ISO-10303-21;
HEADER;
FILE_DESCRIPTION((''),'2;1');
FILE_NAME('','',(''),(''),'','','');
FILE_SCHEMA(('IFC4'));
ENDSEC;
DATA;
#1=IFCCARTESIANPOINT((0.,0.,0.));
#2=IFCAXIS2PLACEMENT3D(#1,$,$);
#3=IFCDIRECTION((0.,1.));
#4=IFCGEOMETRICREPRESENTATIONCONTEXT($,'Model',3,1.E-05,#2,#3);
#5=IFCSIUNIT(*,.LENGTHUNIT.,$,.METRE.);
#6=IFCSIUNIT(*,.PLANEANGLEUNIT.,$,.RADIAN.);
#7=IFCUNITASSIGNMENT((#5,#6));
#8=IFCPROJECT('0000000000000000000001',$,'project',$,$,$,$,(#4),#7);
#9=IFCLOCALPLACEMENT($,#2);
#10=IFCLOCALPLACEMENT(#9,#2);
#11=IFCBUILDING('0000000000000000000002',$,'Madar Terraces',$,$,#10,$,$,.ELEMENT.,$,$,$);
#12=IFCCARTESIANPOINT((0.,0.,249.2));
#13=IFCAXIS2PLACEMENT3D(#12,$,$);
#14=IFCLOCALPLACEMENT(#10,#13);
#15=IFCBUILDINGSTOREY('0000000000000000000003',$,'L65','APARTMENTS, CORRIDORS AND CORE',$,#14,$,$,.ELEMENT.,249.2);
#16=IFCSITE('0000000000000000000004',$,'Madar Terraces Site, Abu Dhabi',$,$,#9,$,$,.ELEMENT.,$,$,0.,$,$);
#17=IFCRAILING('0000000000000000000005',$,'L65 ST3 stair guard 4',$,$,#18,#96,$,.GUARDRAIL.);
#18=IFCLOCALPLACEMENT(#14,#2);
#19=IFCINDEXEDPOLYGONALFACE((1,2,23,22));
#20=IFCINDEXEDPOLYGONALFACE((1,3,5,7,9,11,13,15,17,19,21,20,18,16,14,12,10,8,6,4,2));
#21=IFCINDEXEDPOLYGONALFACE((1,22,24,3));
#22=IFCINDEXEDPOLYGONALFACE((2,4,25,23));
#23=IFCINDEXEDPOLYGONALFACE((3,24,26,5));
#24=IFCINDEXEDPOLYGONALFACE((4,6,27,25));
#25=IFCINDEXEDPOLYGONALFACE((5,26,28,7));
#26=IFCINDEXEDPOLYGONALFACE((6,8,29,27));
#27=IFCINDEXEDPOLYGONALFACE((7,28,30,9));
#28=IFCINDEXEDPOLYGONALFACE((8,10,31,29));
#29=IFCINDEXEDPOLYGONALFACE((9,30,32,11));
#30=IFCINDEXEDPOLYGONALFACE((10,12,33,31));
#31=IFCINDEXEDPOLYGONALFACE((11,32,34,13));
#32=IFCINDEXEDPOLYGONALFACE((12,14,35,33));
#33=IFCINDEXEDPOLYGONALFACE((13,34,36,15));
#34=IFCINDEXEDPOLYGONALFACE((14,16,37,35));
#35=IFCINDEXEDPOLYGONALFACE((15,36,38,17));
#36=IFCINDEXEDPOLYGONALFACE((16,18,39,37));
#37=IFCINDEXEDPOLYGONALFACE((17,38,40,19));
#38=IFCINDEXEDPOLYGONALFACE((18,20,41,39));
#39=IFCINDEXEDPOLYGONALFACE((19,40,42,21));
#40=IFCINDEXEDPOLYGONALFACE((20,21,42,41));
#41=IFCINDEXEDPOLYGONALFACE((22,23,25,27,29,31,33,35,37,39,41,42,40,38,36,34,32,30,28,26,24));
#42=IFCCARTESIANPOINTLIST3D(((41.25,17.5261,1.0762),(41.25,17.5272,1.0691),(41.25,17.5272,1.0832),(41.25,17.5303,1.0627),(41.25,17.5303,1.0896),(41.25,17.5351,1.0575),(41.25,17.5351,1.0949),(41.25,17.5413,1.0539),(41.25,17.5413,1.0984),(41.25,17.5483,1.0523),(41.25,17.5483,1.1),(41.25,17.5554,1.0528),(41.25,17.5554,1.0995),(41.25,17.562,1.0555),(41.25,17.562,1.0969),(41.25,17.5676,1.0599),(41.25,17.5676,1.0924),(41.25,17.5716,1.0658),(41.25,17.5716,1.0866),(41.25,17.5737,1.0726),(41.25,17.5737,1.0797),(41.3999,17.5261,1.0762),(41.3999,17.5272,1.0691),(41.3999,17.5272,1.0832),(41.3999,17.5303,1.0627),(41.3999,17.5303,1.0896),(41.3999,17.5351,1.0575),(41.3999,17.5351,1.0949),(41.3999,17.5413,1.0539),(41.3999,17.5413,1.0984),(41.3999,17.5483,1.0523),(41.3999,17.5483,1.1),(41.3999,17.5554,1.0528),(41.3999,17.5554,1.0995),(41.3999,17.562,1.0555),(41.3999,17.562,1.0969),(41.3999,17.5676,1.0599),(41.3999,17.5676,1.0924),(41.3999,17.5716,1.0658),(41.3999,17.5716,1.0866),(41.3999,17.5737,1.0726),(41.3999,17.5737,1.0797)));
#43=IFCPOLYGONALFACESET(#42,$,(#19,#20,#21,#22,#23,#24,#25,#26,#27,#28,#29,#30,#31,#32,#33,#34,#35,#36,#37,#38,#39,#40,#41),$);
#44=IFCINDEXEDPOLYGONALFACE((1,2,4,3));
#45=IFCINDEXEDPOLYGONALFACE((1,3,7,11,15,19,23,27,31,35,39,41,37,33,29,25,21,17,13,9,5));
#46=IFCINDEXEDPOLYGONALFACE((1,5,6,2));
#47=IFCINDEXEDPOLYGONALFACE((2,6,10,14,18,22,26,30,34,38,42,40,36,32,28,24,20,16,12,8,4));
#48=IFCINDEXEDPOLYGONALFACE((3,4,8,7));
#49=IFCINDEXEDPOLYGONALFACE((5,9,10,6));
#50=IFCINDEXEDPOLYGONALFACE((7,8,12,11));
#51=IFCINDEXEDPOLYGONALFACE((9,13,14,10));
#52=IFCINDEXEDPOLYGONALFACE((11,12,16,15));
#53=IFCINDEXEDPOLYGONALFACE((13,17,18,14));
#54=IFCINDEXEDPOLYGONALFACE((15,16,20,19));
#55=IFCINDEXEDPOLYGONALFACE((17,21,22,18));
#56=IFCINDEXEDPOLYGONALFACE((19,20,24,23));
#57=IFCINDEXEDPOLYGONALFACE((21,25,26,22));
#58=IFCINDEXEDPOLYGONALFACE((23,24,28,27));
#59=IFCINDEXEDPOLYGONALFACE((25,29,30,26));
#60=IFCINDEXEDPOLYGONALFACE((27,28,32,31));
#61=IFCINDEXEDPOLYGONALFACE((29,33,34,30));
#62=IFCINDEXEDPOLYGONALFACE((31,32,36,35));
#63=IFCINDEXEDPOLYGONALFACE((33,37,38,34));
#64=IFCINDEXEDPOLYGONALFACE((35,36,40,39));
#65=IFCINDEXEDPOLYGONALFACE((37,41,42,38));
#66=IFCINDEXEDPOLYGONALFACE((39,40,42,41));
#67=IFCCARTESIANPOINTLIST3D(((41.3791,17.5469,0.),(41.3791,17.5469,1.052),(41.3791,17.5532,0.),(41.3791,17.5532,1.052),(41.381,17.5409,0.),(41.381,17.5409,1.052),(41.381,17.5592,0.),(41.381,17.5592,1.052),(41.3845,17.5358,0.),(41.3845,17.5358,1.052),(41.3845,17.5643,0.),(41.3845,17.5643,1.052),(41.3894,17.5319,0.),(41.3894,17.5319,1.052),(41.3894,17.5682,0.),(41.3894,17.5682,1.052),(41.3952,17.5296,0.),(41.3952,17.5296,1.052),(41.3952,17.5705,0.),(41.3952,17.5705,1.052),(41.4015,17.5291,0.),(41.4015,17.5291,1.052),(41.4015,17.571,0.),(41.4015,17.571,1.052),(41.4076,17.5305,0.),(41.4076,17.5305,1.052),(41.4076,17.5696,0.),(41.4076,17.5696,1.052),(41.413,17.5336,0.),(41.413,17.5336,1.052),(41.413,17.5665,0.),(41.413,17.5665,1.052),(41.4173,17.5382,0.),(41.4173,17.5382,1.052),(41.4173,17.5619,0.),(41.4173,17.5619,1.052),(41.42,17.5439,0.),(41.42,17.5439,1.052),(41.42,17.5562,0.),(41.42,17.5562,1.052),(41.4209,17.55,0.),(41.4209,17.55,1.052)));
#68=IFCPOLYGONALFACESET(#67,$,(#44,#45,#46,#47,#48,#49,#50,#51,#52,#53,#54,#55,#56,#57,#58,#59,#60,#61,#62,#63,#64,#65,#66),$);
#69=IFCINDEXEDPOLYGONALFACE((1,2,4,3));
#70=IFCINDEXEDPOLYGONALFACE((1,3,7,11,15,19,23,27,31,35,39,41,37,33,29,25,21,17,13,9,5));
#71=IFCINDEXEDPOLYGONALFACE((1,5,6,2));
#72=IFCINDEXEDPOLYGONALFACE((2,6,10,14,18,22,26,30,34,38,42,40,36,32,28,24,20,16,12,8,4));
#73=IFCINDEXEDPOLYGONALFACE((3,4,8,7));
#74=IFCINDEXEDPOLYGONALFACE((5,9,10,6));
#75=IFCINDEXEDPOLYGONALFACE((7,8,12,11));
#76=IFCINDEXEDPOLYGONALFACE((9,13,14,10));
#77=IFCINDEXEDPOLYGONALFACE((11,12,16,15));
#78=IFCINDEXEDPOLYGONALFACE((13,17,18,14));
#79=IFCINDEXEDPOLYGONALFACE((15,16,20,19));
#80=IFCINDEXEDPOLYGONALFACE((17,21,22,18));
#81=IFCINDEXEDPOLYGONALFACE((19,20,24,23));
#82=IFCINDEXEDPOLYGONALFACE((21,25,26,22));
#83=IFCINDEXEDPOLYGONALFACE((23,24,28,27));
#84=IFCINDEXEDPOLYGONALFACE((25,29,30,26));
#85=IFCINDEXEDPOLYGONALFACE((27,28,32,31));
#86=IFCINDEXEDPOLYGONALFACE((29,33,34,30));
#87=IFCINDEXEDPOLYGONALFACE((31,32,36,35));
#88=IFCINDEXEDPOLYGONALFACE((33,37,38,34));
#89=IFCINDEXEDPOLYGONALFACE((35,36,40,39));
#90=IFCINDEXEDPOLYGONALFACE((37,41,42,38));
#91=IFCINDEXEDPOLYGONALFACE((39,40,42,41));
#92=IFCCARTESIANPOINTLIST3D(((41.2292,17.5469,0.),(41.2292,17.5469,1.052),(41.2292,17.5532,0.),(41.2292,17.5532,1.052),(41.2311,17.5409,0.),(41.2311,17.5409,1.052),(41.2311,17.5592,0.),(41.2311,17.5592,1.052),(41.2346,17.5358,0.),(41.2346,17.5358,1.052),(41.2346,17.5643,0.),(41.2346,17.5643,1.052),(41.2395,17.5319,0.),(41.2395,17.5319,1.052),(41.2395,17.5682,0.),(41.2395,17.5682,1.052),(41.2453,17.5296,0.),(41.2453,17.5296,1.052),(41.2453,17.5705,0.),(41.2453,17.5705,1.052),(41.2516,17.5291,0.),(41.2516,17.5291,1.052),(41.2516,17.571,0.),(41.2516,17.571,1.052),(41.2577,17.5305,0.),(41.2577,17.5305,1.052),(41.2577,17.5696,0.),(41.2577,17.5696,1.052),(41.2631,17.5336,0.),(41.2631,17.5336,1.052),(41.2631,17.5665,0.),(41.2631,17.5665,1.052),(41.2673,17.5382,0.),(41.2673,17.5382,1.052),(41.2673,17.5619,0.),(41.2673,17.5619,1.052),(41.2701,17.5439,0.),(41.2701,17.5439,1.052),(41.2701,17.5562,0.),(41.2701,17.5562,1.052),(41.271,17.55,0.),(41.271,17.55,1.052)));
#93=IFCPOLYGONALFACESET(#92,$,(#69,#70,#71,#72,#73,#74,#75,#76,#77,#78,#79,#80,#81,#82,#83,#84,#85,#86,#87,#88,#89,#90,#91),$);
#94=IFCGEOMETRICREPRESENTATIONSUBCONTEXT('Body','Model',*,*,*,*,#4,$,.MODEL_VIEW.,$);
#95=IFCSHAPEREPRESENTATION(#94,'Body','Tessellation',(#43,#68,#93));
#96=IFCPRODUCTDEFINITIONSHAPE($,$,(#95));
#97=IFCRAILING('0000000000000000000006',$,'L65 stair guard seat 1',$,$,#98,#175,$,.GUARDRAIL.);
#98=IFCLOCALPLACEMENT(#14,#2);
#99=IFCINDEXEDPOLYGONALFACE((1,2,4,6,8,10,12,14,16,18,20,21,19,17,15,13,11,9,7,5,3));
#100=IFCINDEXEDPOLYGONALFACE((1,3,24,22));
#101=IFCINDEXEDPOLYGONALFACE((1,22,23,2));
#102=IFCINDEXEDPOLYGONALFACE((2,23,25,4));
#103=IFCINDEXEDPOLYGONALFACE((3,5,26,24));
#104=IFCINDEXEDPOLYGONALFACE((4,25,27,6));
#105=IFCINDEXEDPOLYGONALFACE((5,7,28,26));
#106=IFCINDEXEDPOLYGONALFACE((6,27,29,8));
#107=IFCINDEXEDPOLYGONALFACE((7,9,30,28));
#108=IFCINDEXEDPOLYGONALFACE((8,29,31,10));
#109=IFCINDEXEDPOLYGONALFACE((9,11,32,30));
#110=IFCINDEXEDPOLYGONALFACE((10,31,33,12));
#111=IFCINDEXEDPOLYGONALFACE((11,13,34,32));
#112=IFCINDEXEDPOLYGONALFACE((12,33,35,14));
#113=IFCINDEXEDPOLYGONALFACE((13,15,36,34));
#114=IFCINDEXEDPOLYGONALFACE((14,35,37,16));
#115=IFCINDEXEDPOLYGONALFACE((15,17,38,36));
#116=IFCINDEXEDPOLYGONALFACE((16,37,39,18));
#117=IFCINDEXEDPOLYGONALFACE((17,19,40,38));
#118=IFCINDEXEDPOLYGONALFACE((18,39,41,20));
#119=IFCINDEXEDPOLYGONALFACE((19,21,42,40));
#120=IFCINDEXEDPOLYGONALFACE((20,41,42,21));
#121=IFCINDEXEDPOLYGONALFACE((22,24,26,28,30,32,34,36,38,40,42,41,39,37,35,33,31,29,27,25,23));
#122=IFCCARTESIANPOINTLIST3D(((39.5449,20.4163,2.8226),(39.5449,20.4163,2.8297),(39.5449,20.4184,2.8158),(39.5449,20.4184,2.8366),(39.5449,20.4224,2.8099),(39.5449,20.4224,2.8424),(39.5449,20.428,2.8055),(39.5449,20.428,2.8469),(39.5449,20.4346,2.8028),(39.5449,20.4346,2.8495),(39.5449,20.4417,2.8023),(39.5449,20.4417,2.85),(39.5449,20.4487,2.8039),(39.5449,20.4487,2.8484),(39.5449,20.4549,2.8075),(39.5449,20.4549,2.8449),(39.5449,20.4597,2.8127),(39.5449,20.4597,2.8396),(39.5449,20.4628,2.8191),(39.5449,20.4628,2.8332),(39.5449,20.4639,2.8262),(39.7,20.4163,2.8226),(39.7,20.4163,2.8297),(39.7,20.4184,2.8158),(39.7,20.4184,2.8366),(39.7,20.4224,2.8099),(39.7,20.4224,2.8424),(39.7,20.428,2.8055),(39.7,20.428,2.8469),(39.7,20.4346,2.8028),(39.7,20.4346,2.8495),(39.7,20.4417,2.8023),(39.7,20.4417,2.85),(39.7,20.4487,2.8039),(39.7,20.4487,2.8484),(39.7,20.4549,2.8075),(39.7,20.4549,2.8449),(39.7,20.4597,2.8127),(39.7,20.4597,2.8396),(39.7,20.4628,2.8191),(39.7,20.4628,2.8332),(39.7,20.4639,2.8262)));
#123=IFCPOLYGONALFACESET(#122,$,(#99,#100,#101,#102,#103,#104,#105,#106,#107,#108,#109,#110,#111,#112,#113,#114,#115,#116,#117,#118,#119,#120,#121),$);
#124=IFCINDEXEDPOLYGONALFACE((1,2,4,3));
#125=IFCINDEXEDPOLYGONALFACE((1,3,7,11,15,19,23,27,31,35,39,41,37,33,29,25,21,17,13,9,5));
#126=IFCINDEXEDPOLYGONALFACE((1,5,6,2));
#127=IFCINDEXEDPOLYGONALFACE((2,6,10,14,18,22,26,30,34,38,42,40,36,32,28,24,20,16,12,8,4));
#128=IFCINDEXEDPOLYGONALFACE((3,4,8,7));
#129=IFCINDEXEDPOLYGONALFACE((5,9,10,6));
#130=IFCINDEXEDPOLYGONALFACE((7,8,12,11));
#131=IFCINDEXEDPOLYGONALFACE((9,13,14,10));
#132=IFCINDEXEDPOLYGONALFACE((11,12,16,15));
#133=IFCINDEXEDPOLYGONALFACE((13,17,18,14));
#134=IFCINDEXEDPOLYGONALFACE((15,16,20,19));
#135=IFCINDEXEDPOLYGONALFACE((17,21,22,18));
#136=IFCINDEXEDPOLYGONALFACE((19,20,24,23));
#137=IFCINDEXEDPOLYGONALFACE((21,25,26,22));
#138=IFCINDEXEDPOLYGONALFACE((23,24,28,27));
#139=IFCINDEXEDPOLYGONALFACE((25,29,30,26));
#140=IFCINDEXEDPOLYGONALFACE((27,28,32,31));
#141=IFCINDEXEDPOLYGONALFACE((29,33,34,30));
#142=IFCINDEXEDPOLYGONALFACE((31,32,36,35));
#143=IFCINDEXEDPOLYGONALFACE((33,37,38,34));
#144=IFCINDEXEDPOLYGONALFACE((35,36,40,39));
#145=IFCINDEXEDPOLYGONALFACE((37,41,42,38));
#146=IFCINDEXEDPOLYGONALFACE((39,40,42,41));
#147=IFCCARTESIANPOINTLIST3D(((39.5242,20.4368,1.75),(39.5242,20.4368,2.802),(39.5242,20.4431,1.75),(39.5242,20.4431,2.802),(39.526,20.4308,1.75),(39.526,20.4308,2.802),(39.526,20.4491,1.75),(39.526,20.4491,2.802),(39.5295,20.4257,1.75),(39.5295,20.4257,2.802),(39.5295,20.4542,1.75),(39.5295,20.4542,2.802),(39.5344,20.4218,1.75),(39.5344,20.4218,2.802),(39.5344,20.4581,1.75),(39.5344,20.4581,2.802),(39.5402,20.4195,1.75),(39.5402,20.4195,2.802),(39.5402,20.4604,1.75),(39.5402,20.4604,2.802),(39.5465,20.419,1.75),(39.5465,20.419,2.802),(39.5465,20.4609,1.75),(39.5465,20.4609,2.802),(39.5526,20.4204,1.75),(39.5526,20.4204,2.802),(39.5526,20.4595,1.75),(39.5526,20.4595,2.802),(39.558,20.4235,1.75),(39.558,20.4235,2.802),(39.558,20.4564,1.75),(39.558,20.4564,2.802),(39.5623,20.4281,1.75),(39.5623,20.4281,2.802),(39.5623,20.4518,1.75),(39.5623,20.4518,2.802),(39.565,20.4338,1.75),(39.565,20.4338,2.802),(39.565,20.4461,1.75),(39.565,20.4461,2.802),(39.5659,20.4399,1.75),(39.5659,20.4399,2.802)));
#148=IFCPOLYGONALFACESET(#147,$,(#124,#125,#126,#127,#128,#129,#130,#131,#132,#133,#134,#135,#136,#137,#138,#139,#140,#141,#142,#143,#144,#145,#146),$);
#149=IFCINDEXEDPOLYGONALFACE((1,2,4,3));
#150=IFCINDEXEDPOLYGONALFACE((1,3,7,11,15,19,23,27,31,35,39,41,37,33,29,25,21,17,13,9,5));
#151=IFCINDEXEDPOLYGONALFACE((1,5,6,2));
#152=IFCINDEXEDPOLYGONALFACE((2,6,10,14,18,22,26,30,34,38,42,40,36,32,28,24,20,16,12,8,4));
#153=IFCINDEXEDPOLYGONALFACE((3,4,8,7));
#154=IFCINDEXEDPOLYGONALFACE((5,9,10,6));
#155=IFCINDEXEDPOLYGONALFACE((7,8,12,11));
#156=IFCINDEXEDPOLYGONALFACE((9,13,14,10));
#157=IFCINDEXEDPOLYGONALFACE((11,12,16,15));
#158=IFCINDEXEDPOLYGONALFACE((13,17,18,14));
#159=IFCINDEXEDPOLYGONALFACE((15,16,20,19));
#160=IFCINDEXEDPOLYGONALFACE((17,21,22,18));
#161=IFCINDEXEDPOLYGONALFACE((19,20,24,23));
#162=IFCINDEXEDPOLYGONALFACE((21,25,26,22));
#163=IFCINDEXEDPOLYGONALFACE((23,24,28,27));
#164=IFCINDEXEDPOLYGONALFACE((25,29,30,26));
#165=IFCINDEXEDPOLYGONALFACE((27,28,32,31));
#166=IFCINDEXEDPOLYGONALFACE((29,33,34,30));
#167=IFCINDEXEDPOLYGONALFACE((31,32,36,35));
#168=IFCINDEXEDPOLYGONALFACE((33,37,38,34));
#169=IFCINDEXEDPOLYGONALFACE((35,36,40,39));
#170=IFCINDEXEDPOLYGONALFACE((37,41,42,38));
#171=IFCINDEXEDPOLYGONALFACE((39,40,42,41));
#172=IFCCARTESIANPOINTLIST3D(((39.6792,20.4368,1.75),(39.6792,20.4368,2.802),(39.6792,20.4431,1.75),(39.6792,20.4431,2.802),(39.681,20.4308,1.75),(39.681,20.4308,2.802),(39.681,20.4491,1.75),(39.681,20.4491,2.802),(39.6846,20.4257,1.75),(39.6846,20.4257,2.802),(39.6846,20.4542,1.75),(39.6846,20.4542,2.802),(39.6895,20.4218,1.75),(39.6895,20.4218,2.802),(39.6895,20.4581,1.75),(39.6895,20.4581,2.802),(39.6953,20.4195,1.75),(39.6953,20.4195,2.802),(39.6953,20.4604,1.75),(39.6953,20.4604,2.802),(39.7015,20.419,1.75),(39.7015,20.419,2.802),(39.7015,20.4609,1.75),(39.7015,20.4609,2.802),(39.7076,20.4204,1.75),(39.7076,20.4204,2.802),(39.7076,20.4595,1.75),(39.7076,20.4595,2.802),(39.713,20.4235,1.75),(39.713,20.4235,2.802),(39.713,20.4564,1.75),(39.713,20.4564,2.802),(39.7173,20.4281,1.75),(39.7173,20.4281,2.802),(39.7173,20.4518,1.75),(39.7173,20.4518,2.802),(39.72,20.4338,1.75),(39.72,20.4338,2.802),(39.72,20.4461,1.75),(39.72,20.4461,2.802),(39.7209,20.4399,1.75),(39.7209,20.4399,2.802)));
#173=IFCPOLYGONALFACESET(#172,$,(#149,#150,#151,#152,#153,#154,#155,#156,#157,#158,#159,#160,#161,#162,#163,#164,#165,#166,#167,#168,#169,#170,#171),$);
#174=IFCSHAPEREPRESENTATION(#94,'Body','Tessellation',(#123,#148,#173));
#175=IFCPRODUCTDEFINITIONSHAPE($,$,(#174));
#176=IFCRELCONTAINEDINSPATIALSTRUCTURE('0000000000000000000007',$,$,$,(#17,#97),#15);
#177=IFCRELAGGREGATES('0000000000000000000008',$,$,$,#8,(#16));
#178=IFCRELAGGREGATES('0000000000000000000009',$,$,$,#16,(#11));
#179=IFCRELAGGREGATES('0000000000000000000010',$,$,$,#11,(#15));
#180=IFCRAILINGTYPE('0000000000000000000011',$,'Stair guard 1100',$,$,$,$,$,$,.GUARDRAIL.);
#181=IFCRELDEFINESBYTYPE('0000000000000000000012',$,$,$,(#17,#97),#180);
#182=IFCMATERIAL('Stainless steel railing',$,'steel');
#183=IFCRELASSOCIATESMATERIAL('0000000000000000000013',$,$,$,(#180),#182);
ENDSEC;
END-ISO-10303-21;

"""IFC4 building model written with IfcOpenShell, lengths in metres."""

from ifc_helpers import new_model, si_unit, direction, frame, origin, origin_2d, place, context, subcontext, project, spatial, circle, extrude, material, type_object, element, save


model = new_model("IFC4")

# Units and contexts
model_context = context("Model", 3, precision=1e-05, world=origin(), true_north=direction((0.0, 1.0)))
body_context = subcontext(model_context, "Body", "Model", "MODEL_VIEW")
ifc_project = project(units=[si_unit("LENGTHUNIT", "METRE"), si_unit("PLANEANGLEUNIT", "RADIAN")], contexts=[model_context])

# Site, building, storey
site_placement = place(None, origin())
site = spatial("IfcSite", under=ifc_project, at=site_placement, Name="Madar Terraces Site, Abu Dhabi", CompositionType="ELEMENT", RefElevation=0.0)
building_placement = place(site_placement, origin())
building = spatial("IfcBuilding", under=site, at=building_placement, Name="Madar Terraces", CompositionType="ELEMENT")
storey_placement = place(building_placement, frame((0.0, 0.0, 249.2)))
storey = spatial("IfcBuildingStorey", under=building, at=storey_placement, Name="L65", Description="APARTMENTS, CORRIDORS AND CORE", CompositionType="ELEMENT", Elevation=249.2)

# Railings
ifc_material_1 = material(Name="Stainless steel railing", Category="steel")
railing_type_1 = type_object("IfcRailingType", Name="Stair guard 1100", PredefinedType="GUARDRAIL", material=ifc_material_1)
railing_1_placement = place(storey_placement, frame((41.3999, 17.55, 0.0)))
element("IfcRailing", 1, at=railing_1_placement, inside=storey, type_object=railing_type_1, Name="L65 ST3 stair guard 4", PredefinedType="GUARDRAIL", context=body_context, shape_type="SweptSolid", body=[
    extrude(circle(Radius=0.0239, at=origin_2d()), frame((0.0, 0.0, 1.0762), z_axis=(-1.0, 0.0, 0.0), x_axis=(0.0, -1.0, 0.0)), (0.0, 0.0, 1.0), 0.1499),
    extrude(circle(Radius=0.021, at=origin_2d()), origin(), (0.0, 0.0, 1.0), 1.052),
    extrude(circle(Radius=0.021, at=origin_2d()), frame((-0.1499, 0.0, 0.0)), (0.0, 0.0, 1.0), 1.052),
])
for number, where, name in (
    (2, (39.5449, 20.4399, 1.75), "L65 stair guard seat 1"),
):
    element("IfcRailing", number, at=place(storey_placement, frame(where)), inside=storey, type_object=railing_type_1, Name=name, PredefinedType="GUARDRAIL", context=body_context, shape_type="SweptSolid", body=[
        extrude(circle(Radius=0.0239, at=origin_2d()), frame((0.0, 0.0, 1.0762), z_axis=(1.0, 0.0, 0.0), x_axis=(0.0, 1.0, 0.0)), (0.0, 0.0, 1.0), 0.155),
        extrude(circle(Radius=0.021, at=origin_2d()), origin(), (0.0, 0.0, 1.0), 1.052),
        extrude(circle(Radius=0.021, at=origin_2d()), frame((0.155, 0.0, 0.0)), (0.0, 0.0, 1.0), 1.052),
    ])

save(model, "model.ifc")
